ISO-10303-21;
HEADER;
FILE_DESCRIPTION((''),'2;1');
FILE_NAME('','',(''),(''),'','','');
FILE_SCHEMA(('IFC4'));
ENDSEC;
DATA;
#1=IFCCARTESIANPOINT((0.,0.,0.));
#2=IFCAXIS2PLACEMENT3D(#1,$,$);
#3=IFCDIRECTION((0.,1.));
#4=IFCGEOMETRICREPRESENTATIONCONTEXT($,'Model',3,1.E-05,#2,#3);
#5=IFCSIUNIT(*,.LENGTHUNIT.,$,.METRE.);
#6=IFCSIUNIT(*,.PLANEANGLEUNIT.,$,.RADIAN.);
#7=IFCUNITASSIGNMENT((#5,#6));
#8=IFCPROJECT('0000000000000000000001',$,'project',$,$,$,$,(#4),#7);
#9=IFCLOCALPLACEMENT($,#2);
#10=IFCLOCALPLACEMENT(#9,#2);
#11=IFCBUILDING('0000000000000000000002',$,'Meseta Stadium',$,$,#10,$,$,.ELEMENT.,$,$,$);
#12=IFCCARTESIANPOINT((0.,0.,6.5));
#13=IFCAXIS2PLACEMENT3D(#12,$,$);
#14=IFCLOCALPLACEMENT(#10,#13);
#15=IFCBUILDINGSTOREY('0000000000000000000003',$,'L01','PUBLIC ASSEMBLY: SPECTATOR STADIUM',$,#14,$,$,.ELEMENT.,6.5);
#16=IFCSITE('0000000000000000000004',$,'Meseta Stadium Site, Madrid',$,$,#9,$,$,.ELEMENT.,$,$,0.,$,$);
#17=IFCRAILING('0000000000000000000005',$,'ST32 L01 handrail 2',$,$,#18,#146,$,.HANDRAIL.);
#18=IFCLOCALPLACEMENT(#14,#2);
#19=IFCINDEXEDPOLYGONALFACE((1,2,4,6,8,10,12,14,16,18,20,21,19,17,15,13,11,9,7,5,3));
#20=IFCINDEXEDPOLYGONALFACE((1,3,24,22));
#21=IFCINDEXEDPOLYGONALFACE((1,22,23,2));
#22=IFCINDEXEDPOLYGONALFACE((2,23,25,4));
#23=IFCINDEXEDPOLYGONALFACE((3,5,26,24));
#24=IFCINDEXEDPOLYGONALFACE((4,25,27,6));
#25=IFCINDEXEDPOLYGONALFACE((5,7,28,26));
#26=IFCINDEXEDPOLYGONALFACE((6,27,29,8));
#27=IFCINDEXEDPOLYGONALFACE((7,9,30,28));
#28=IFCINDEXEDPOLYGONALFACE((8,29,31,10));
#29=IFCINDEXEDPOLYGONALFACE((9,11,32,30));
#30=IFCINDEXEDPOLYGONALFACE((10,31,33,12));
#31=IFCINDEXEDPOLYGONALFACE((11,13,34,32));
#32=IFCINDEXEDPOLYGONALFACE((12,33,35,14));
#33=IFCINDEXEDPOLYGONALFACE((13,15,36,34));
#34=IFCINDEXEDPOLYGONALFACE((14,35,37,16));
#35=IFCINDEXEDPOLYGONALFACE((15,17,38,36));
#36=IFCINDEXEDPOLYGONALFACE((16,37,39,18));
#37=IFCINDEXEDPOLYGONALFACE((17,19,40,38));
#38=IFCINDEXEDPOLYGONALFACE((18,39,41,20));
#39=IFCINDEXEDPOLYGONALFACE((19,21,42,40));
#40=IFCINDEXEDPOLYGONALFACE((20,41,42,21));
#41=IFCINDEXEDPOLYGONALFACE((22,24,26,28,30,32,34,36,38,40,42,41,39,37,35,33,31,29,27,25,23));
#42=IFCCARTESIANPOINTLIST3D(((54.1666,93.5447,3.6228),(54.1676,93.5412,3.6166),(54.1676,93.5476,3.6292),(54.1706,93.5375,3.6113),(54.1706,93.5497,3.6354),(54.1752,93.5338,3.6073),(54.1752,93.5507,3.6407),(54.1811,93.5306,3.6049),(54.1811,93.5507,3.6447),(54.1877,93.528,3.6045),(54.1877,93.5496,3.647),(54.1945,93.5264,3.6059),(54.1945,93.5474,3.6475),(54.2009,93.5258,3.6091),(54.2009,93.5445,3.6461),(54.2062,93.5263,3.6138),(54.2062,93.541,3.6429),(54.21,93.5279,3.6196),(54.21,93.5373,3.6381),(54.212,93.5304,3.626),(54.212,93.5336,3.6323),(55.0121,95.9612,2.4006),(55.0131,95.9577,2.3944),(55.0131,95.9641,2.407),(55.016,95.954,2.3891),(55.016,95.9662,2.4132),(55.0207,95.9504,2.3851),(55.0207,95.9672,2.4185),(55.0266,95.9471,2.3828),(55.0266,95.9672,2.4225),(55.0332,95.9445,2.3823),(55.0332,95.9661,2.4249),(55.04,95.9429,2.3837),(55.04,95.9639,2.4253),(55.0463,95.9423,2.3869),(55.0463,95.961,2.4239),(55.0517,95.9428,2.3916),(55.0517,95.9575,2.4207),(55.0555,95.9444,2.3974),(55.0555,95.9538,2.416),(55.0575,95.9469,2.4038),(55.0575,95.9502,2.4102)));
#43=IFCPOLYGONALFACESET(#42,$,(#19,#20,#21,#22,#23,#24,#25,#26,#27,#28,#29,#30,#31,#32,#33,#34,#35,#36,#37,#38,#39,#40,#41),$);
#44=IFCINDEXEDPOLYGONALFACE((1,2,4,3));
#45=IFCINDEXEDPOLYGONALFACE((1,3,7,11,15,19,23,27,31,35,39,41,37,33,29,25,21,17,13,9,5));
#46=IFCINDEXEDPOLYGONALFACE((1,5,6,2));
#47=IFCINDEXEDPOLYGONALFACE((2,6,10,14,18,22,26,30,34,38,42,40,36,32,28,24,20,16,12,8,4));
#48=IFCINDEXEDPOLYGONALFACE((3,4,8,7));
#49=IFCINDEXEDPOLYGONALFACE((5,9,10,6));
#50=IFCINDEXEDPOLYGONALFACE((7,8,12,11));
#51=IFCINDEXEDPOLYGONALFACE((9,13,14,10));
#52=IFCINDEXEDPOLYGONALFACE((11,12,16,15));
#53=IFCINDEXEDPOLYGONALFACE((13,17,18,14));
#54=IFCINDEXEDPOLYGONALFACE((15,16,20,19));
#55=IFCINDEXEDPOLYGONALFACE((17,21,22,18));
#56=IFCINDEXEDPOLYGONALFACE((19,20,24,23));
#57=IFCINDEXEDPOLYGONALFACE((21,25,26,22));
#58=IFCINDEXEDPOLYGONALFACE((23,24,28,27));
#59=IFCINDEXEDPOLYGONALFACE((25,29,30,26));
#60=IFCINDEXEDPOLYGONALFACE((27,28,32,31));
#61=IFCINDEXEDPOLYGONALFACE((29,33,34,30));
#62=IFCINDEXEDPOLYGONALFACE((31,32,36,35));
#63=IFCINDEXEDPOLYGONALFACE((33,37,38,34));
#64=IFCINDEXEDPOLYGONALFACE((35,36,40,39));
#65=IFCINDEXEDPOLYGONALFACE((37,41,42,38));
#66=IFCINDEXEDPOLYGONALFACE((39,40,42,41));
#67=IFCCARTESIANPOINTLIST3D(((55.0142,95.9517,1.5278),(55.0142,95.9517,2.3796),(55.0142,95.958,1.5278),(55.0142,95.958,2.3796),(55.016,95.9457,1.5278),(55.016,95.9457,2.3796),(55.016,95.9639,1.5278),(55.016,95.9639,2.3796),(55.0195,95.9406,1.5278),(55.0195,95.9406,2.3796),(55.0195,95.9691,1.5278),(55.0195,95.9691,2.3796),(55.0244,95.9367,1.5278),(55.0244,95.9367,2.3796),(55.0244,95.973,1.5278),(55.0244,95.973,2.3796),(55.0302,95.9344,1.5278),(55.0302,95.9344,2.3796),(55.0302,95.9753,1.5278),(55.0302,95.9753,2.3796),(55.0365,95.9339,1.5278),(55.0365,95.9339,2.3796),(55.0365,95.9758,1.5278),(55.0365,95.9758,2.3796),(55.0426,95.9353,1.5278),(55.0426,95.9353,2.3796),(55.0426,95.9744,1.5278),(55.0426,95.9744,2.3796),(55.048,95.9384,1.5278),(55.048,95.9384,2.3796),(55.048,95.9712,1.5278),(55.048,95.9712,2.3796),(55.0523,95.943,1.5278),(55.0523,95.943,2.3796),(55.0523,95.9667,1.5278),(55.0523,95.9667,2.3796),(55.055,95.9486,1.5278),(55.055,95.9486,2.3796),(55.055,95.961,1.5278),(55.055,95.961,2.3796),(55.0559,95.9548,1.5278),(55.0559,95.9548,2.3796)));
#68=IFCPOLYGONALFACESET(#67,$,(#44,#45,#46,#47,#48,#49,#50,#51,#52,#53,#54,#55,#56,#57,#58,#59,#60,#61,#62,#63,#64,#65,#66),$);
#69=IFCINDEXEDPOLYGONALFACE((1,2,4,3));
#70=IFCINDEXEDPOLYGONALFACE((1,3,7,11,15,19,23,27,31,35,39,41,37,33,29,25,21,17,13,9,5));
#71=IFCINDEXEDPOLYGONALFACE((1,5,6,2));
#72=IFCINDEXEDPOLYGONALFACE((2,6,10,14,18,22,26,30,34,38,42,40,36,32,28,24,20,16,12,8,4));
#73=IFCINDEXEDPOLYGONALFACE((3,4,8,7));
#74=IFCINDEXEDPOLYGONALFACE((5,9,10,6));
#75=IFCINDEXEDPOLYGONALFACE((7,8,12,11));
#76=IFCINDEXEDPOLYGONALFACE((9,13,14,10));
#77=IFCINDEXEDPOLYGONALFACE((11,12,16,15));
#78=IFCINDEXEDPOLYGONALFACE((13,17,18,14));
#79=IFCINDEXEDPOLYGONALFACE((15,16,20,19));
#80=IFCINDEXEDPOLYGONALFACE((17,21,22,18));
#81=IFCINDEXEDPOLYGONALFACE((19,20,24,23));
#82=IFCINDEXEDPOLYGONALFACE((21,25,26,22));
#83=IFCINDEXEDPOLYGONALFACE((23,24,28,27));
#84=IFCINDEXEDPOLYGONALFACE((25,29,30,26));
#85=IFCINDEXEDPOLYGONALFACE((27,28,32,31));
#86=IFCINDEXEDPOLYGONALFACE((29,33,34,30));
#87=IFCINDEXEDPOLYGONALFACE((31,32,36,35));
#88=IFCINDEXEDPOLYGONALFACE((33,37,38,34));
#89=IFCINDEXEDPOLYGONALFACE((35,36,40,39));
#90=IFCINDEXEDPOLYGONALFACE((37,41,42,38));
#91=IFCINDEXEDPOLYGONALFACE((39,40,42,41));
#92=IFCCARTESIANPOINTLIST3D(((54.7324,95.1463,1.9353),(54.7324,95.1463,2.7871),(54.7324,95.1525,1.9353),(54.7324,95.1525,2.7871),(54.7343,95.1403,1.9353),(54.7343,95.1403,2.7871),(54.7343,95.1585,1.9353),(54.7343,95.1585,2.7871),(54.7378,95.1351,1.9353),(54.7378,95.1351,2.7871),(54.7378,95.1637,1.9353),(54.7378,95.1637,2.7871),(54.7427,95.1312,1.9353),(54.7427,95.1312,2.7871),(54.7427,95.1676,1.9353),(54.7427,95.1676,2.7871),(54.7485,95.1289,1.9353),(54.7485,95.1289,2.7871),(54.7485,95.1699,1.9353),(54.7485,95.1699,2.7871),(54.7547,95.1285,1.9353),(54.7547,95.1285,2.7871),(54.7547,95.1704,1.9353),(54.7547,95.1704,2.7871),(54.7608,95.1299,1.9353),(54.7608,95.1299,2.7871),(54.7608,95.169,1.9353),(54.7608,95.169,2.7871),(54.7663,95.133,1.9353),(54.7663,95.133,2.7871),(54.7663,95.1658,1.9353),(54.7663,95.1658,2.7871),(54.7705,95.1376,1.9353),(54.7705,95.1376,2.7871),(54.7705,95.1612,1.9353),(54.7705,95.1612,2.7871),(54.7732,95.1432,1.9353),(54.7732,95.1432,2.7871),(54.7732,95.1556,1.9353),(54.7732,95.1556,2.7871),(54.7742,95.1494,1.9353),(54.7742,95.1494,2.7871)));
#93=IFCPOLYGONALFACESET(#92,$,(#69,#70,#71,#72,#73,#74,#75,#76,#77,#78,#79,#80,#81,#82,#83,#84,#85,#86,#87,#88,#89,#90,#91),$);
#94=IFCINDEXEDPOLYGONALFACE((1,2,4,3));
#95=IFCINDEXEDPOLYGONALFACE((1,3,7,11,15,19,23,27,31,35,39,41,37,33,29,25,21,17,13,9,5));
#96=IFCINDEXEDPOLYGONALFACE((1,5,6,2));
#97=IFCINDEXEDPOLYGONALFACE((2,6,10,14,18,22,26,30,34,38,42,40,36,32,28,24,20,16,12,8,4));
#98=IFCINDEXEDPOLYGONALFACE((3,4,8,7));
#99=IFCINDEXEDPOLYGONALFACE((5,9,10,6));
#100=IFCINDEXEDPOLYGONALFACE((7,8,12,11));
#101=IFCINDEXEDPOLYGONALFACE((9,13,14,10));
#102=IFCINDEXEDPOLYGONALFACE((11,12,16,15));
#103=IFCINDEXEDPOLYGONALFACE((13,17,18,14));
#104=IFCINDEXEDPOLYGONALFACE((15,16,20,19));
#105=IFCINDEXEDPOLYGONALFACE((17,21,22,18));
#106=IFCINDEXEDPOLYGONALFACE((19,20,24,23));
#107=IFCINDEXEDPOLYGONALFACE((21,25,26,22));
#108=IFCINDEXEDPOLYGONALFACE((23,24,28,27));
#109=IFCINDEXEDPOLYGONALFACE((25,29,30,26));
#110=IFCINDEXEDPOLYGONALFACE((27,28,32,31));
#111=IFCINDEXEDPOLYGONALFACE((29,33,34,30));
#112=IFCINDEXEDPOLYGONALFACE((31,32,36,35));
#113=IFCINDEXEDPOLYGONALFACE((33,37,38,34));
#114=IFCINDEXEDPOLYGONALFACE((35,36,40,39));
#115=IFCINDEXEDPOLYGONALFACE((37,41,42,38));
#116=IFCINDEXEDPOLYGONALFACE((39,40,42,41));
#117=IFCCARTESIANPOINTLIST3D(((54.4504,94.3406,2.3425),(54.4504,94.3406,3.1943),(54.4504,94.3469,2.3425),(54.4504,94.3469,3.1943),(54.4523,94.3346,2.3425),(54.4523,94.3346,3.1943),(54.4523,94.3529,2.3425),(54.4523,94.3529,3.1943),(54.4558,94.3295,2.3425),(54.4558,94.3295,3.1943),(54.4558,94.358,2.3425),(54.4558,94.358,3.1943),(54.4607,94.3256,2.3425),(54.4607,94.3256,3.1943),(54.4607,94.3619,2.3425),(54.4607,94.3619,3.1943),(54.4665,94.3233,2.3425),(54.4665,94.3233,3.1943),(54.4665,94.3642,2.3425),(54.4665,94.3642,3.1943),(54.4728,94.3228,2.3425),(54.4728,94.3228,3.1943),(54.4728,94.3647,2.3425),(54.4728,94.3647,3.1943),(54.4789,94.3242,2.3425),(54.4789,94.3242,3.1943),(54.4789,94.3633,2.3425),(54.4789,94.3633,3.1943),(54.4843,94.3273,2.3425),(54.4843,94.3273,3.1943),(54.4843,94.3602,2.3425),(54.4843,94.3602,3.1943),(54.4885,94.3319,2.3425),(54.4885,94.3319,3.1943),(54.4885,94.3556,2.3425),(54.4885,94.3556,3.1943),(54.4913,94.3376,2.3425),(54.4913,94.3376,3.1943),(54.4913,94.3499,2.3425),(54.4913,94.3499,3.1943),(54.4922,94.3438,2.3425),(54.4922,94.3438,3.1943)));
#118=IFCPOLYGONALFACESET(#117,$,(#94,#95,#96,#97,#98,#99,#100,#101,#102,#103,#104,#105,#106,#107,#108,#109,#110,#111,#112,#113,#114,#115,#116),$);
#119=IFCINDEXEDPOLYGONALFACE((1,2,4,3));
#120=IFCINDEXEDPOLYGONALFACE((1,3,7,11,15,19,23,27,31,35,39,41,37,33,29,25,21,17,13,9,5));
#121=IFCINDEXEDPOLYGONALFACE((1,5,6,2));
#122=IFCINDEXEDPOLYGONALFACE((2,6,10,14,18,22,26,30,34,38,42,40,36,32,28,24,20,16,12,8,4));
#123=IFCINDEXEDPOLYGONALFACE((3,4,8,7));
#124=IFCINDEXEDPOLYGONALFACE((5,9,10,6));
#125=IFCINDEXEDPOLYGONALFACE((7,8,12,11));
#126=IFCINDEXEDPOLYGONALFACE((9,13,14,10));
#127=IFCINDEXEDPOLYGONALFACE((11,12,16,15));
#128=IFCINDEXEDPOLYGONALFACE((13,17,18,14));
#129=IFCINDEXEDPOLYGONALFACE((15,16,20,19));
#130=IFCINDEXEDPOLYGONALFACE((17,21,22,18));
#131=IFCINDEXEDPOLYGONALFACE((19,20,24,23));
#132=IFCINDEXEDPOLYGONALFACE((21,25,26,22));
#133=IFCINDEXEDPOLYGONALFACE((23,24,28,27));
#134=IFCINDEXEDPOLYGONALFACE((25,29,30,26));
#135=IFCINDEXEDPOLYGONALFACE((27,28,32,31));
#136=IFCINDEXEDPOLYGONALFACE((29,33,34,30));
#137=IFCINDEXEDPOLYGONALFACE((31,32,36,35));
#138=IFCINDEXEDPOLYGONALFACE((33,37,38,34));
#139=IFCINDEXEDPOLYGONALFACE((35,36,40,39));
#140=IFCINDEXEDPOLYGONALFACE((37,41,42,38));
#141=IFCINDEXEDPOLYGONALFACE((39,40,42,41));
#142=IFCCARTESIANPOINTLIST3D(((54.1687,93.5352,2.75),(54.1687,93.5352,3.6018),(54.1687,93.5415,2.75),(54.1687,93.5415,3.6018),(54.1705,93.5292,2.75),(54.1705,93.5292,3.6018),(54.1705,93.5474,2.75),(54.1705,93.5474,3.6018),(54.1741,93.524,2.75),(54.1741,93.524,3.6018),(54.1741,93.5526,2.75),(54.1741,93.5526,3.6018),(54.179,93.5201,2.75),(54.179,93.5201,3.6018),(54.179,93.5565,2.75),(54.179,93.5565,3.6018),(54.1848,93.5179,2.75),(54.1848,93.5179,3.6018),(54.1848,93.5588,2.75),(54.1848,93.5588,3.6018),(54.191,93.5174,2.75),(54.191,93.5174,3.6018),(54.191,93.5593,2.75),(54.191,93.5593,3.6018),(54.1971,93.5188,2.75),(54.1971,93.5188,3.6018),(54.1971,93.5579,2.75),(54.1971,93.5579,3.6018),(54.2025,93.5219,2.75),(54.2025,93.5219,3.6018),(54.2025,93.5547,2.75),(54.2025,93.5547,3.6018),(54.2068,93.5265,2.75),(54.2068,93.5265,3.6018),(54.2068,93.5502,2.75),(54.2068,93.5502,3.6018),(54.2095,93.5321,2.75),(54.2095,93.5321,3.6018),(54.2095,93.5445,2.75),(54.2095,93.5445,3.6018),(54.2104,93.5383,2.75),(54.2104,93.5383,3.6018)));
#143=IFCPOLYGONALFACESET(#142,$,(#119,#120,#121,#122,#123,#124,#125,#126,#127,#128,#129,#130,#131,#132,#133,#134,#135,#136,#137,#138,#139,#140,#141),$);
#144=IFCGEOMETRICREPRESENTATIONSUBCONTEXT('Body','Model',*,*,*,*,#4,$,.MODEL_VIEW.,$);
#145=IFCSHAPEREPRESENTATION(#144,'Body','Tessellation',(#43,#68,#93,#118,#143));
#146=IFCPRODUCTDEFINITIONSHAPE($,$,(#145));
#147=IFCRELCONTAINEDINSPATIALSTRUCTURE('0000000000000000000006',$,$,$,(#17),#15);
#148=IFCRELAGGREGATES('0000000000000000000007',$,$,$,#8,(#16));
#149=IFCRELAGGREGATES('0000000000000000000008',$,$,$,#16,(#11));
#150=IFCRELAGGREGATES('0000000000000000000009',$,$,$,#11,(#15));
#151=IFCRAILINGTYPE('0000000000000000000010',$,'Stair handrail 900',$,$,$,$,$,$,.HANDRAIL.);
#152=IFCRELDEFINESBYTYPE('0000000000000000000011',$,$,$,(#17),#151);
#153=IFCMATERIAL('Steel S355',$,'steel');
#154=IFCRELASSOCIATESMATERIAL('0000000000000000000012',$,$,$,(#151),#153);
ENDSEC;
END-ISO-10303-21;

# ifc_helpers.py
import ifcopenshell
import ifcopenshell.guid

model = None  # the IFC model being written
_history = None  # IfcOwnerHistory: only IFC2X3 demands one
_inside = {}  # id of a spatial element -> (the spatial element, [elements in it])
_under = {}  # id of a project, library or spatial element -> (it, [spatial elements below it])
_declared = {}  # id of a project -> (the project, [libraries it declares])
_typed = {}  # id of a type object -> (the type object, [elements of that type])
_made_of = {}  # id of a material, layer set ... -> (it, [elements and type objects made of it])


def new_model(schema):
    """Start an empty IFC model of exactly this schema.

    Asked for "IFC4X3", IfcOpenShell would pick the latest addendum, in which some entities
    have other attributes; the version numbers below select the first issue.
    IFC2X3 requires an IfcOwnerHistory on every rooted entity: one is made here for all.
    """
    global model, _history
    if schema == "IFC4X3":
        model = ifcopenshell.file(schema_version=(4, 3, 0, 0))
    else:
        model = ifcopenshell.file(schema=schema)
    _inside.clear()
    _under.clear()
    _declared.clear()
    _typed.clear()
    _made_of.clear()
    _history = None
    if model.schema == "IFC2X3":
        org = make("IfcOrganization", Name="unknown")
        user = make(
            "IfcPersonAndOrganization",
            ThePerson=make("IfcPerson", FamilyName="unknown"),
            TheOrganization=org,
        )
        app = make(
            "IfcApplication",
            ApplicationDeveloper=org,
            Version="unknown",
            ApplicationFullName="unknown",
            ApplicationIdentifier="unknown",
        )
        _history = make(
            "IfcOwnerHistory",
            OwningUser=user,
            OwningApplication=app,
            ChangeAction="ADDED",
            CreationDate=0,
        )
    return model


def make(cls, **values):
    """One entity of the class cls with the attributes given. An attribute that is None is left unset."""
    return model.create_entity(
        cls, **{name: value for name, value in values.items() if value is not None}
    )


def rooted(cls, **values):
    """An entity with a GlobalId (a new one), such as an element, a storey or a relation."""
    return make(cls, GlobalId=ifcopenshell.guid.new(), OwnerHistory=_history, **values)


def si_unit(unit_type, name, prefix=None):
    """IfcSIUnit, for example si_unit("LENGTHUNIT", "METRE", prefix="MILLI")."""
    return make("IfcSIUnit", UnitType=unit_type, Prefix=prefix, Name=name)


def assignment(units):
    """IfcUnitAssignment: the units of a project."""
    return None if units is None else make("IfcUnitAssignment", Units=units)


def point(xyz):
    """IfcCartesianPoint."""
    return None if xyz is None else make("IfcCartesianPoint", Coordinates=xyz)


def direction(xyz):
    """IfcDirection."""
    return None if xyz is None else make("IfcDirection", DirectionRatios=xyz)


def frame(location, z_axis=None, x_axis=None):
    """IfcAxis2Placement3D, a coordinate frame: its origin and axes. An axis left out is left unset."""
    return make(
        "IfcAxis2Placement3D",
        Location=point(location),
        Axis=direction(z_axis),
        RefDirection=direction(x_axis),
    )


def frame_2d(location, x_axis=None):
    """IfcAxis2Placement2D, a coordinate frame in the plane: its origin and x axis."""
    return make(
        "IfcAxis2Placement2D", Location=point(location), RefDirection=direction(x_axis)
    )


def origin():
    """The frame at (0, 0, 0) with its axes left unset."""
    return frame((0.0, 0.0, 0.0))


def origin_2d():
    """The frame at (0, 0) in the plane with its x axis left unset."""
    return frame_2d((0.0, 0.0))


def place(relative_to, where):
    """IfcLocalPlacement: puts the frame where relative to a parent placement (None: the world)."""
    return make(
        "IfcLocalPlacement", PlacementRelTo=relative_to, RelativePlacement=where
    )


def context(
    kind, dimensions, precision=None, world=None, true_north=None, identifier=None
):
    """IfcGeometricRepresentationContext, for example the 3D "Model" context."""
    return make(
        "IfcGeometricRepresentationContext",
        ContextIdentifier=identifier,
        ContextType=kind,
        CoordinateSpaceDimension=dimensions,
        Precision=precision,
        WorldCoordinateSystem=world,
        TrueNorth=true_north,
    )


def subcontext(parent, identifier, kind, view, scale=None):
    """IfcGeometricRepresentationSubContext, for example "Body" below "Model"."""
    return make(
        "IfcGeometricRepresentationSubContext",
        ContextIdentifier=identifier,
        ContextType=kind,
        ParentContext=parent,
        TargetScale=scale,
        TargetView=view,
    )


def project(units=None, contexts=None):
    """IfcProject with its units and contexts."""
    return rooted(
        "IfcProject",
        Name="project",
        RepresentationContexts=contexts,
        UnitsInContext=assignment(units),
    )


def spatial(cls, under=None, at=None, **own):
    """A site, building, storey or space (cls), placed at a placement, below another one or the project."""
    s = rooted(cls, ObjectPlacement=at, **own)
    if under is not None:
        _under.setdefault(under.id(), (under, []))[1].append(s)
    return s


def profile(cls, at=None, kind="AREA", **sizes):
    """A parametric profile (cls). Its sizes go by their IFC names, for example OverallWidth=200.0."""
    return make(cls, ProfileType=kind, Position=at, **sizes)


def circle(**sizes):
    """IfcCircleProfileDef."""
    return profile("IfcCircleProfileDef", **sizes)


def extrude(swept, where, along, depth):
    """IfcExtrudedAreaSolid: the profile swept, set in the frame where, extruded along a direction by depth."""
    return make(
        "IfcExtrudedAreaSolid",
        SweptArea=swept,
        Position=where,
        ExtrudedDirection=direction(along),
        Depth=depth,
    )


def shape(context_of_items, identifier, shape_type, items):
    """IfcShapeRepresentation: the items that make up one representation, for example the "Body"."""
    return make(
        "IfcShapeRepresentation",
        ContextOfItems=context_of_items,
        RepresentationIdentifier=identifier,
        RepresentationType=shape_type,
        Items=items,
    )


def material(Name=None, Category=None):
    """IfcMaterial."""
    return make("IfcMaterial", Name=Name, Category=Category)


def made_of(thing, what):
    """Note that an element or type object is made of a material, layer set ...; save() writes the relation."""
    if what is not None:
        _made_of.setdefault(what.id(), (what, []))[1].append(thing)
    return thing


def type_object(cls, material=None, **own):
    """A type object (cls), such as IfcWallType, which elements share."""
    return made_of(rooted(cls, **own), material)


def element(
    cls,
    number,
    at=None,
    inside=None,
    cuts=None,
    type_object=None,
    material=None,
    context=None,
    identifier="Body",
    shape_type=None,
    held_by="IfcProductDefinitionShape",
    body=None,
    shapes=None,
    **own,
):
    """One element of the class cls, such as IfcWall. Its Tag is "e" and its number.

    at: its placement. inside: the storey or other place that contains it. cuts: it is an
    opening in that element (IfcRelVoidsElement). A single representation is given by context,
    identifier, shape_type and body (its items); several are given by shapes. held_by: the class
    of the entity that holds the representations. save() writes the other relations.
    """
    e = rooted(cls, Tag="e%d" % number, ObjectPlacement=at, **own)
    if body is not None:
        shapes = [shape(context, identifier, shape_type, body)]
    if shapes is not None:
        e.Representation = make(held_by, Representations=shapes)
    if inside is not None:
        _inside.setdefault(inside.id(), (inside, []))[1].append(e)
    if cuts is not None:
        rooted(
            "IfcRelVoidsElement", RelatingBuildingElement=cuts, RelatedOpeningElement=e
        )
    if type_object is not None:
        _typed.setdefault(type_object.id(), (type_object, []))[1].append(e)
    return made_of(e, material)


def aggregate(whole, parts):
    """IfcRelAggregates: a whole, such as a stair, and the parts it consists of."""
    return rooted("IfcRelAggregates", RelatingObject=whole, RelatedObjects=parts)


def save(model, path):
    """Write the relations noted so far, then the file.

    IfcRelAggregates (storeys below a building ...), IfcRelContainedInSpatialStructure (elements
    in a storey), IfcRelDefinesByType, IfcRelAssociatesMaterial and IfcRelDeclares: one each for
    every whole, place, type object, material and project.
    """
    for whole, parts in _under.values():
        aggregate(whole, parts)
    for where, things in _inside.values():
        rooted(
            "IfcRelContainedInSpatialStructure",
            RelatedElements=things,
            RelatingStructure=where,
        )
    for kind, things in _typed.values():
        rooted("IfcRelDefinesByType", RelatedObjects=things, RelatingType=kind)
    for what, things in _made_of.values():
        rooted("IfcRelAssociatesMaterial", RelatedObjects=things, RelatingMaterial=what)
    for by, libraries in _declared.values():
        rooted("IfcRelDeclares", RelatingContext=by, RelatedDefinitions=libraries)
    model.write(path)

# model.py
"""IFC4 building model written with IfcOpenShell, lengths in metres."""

from ifc_helpers import new_model, si_unit, direction, frame, origin, origin_2d, place, context, subcontext, project, spatial, circle, extrude, material, type_object, element, save


model = new_model("IFC4")

# Units and contexts
model_context = context("Model", 3, precision=1e-05, world=origin(), true_north=direction((0.0, 1.0)))
body_context = subcontext(model_context, "Body", "Model", "MODEL_VIEW")
ifc_project = project(units=[si_unit("LENGTHUNIT", "METRE"), si_unit("PLANEANGLEUNIT", "RADIAN")], contexts=[model_context])

# Site, building, storey
site_placement = place(None, origin())
site = spatial("IfcSite", under=ifc_project, at=site_placement, Name="Meseta Stadium Site, Madrid", CompositionType="ELEMENT", RefElevation=0.0)
building_placement = place(site_placement, origin())
building = spatial("IfcBuilding", under=site, at=building_placement, Name="Meseta Stadium", CompositionType="ELEMENT")
storey_placement = place(building_placement, frame((0.0, 0.0, 6.5)))
storey = spatial("IfcBuildingStorey", under=building, at=storey_placement, Name="L01", Description="PUBLIC ASSEMBLY: SPECTATOR STADIUM", CompositionType="ELEMENT", Elevation=6.5)

# Railing
ifc_material_1 = material(Name="Steel S355", Category="steel")
railing_type_1 = type_object("IfcRailingType", Name="Stair handrail 900", PredefinedType="HANDRAIL", material=ifc_material_1)
for number, where, name in (
    (1, (55.0349, 95.9548, 1.5278), "ST32 L01 handrail 2"),
):
    element("IfcRailing", number, at=place(storey_placement, frame(where)), inside=storey, type_object=railing_type_1, Name=name, PredefinedType="HANDRAIL", context=body_context, shape_type="SweptSolid", body=[
        extrude(circle(Radius=0.0239, at=origin_2d()), frame((0.0, 0.0, 0.876), z_axis=(-0.298022, -0.851812, 0.430811), x_axis=(0.943897, -0.33024, 0.0)), (0.0, 0.0, 1.0), 2.8369),
        extrude(circle(Radius=0.021, at=origin_2d()), origin(), (0.0, 0.0, 1.0), 0.8518),
        extrude(circle(Radius=0.021, at=origin_2d()), frame((-0.2817, -0.8054, 0.4075)), (0.0, 0.0, 1.0), 0.8518),
        extrude(circle(Radius=0.021, at=origin_2d()), frame((-0.5637, -1.6111, 0.8147)), (0.0, 0.0, 1.0), 0.8518),
        extrude(circle(Radius=0.021, at=origin_2d()), frame((-0.8455, -2.4165, 1.2222)), (0.0, 0.0, 1.0), 0.8518),
    ])

save(model, "model.ifc")
